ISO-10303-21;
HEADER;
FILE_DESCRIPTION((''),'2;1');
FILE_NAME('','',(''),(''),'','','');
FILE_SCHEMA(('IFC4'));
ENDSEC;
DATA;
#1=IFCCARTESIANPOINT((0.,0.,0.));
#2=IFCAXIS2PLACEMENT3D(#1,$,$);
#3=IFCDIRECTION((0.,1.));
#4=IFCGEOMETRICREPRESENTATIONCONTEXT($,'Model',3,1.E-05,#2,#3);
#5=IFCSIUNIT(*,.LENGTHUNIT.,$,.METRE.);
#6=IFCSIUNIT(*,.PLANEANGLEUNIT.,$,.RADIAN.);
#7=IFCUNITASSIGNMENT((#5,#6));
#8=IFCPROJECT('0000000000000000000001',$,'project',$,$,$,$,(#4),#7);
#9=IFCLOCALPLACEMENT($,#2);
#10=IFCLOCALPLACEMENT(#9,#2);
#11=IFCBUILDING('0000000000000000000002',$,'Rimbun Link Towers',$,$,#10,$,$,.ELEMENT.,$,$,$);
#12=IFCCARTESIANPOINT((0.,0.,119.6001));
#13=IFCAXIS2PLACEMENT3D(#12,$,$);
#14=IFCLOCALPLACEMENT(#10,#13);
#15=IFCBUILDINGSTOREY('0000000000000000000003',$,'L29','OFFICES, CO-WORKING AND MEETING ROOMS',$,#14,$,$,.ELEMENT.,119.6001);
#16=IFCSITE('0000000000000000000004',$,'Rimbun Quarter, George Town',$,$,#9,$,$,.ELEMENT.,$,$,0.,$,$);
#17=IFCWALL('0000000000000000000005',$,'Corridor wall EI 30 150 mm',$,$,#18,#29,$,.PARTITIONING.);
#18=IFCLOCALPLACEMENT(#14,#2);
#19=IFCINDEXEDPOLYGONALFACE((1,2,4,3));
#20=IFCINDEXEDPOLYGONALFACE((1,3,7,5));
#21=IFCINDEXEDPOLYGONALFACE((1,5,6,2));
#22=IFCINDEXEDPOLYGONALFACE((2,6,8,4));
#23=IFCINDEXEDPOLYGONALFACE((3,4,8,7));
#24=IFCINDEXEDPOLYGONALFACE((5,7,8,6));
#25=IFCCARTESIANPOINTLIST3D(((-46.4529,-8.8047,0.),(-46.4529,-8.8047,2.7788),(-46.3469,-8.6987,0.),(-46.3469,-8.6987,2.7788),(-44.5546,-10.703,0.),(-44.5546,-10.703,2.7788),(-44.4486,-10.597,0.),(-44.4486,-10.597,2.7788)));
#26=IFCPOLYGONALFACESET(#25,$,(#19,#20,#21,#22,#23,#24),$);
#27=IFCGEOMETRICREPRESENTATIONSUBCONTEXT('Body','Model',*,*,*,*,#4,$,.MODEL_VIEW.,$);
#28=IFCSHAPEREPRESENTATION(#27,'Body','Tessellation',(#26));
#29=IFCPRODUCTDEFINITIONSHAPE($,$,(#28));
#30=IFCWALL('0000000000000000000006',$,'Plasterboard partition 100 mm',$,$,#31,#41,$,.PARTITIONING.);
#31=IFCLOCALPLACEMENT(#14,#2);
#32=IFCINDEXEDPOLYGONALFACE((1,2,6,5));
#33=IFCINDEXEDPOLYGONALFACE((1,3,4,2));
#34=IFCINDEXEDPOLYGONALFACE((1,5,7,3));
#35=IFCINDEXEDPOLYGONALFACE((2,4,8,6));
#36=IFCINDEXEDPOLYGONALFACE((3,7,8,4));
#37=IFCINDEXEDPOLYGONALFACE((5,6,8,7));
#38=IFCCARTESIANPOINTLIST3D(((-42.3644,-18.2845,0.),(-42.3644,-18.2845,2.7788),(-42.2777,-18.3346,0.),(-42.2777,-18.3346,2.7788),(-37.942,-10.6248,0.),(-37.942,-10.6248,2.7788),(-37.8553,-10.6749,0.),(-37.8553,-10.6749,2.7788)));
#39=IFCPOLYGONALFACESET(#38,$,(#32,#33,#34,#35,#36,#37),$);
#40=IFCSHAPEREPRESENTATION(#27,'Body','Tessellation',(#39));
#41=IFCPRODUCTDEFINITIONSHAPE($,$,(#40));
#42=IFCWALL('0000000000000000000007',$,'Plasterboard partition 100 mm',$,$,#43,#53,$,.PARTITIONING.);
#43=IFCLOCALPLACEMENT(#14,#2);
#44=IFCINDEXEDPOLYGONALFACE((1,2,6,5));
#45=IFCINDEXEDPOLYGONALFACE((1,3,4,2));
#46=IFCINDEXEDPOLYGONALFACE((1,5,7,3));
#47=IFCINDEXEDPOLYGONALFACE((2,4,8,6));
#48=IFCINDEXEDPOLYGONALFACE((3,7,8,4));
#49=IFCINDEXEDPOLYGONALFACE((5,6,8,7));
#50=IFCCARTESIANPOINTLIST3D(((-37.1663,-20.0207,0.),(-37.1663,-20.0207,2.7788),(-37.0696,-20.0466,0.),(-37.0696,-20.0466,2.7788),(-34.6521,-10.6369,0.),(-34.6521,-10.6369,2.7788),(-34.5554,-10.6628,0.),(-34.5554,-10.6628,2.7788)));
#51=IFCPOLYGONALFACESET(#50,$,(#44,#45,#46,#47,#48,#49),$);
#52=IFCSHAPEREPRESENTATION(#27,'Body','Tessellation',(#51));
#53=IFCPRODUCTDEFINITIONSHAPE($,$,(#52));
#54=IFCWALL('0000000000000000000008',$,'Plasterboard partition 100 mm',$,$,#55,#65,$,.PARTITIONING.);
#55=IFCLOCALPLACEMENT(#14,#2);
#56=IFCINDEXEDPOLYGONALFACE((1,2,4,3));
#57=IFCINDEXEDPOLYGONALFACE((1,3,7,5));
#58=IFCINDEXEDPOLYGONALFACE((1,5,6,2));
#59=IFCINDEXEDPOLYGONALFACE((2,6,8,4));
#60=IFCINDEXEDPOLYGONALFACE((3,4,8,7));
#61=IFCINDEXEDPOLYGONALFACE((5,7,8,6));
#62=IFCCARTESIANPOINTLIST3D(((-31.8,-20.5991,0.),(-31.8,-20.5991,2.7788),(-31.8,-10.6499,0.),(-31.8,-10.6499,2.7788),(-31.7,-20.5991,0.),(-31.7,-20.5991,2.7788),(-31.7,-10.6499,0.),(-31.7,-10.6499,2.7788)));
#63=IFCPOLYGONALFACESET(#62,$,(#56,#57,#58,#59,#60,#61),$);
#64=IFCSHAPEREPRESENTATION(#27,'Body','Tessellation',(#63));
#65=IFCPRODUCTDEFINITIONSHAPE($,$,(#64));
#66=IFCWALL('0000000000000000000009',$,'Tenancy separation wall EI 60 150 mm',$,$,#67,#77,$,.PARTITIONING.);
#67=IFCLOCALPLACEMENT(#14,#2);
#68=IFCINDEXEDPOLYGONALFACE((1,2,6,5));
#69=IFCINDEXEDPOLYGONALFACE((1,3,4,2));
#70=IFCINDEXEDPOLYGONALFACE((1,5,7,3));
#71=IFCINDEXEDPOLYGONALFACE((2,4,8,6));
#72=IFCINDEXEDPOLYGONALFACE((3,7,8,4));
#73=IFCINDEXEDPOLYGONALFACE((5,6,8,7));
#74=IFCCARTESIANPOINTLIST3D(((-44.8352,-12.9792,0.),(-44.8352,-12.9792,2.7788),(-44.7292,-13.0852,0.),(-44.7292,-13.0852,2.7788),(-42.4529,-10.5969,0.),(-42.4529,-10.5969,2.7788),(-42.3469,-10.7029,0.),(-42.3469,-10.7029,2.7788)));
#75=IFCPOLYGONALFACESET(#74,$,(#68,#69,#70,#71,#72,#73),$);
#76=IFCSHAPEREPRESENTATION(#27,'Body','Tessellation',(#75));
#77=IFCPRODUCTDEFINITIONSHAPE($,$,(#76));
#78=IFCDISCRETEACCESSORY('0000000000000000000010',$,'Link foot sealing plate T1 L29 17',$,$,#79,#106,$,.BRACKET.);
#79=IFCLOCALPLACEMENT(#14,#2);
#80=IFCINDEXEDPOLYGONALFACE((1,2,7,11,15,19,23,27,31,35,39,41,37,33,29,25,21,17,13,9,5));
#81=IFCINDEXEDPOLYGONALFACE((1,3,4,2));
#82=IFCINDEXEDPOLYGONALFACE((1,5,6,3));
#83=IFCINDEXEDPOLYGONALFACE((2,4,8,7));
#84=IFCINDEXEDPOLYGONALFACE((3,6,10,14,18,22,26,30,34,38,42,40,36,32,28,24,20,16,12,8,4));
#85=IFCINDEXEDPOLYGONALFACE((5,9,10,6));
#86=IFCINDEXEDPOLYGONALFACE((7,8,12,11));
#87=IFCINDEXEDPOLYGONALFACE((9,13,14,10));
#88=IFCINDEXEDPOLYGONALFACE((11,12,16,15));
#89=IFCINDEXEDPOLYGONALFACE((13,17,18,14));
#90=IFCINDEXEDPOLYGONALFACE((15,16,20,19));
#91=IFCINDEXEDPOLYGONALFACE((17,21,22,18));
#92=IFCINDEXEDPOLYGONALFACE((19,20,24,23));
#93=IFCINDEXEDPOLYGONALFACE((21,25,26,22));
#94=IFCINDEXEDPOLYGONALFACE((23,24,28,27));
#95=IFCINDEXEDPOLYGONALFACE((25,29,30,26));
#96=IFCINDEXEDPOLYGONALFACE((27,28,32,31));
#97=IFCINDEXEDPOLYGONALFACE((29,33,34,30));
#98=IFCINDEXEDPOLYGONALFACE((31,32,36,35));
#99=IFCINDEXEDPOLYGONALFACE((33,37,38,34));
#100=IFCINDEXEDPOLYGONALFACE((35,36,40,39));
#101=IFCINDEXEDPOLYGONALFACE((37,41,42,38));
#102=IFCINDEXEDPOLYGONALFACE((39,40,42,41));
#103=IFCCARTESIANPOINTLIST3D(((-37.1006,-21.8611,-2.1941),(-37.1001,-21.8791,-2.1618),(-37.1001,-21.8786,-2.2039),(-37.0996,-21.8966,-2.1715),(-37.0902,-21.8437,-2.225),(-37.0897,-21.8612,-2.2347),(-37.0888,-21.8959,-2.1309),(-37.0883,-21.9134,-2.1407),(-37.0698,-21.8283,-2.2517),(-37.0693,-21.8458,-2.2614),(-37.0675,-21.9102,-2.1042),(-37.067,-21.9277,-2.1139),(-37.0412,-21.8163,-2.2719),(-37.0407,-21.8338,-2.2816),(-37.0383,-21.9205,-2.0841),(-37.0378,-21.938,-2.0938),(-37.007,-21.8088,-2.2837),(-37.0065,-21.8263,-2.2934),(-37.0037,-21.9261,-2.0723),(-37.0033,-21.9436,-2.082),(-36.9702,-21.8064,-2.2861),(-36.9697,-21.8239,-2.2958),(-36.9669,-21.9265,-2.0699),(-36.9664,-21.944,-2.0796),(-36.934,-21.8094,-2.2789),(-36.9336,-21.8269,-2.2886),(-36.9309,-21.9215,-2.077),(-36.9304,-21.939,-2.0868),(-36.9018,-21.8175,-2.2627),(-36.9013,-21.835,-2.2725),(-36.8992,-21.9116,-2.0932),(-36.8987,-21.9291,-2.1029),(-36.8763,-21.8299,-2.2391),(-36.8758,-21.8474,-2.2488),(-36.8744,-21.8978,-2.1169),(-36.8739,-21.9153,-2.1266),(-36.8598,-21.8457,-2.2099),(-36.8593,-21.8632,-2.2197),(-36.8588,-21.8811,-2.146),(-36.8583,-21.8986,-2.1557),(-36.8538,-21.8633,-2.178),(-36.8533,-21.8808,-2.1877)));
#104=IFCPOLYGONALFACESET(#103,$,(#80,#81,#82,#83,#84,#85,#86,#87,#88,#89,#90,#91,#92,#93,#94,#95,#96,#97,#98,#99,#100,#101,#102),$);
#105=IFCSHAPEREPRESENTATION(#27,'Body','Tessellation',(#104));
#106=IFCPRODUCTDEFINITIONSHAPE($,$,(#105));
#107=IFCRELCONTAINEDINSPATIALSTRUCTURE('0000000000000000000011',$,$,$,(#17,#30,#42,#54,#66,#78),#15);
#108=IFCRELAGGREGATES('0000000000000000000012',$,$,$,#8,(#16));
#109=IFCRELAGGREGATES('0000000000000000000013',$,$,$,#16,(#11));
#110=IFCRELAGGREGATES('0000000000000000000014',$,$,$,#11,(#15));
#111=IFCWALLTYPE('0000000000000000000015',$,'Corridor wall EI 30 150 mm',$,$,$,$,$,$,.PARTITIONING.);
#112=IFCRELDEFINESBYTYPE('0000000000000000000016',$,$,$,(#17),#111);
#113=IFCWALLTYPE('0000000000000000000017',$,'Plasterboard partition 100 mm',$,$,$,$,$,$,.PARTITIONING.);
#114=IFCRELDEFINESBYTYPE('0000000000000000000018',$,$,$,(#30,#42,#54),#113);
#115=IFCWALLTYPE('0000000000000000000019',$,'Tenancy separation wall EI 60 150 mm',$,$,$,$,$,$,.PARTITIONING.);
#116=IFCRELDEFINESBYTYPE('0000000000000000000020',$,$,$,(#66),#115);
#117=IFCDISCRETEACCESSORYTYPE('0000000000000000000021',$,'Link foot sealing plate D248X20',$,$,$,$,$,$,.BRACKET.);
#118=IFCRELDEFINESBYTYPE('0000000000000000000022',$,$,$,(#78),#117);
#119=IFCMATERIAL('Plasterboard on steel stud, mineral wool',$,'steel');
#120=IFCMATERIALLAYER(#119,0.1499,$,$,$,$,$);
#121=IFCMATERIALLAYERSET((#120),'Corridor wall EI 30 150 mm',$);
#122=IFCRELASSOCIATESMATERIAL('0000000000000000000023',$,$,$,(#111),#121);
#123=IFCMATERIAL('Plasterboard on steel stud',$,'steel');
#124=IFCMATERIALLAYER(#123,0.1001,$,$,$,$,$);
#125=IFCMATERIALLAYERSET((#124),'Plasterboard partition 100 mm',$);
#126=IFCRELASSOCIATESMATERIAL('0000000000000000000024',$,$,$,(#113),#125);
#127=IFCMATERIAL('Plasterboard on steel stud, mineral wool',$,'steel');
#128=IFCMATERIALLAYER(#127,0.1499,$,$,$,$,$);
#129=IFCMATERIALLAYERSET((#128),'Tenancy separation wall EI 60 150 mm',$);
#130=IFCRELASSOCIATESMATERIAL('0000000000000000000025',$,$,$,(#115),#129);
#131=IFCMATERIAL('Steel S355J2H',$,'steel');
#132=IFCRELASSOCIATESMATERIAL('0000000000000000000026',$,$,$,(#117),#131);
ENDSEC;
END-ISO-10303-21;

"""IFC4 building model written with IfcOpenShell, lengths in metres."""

from ifc_helpers import new_model, si_unit, direction, frame, frame_2d, origin, origin_2d, place, context, subcontext, project, spatial, rectangle, circle, extrude, material, layer, layer_set, material_profile, profile_set, type_object, element, save


model = new_model("IFC4")

# Units and contexts
model_context = context("Model", 3, precision=1e-05, world=origin(), true_north=direction((0.0, 1.0)))
body_context = subcontext(model_context, "Body", "Model", "MODEL_VIEW")
ifc_project = project(units=[si_unit("LENGTHUNIT", "METRE"), si_unit("PLANEANGLEUNIT", "RADIAN")], contexts=[model_context])

# Site, building, storey
site_placement = place(None, origin())
site = spatial("IfcSite", under=ifc_project, at=site_placement, Name="Rimbun Quarter, George Town", CompositionType="ELEMENT", RefElevation=0.0)
building_placement = place(site_placement, origin())
building = spatial("IfcBuilding", under=site, at=building_placement, Name="Rimbun Link Towers", CompositionType="ELEMENT")
storey_placement = place(building_placement, frame((0.0, 0.0, 119.6001)))
storey = spatial("IfcBuildingStorey", under=building, at=storey_placement, Name="L29", Description="OFFICES, CO-WORKING AND MEETING ROOMS", CompositionType="ELEMENT", Elevation=119.6001)

# Walls
ifc_material_1 = material(Name="Plasterboard on steel stud, mineral wool", Category="steel")
ifc_layer_1 = layer(ifc_material_1, 0.1499)
ifc_layer_set_1 = layer_set([ifc_layer_1], Name="Corridor wall EI 30 150 mm")
wall_type_1 = type_object("IfcWallType", Name="Corridor wall EI 30 150 mm", PredefinedType="PARTITIONING", material=ifc_layer_set_1)
wall_1_placement = place(storey_placement, frame((-46.3999, -8.7517, 0.0), z_axis=(0.0, 0.0, 1.0), x_axis=(0.707107, -0.707107, 0.0)))
element("IfcWall", 1, at=wall_1_placement, inside=storey, type_object=wall_type_1, Name="Corridor wall EI 30 150 mm", PredefinedType="PARTITIONING", context=body_context, shape_type="SweptSolid", body=[
    extrude(rectangle(XDim=2.6846, YDim=0.1499, at=frame_2d((1.3423, 0.0))), origin(), (0.0, 0.0, 1.0), 2.7788),
])
ifc_material_2 = material(Name="Plasterboard on steel stud", Category="steel")
ifc_layer_2 = layer(ifc_material_2, 0.1001)
ifc_layer_set_2 = layer_set([ifc_layer_2], Name="Plasterboard partition 100 mm")
wall_type_2 = type_object("IfcWallType", Name="Plasterboard partition 100 mm", PredefinedType="PARTITIONING", material=ifc_layer_set_2)
wall_2_placement = place(storey_placement, frame((-42.321, -18.3096, 0.0), z_axis=(0.0, 0.0, 1.0), x_axis=(0.500004, 0.866023, 0.0)))
element("IfcWall", 2, at=wall_2_placement, inside=storey, type_object=wall_type_2, Name="Plasterboard partition 100 mm", PredefinedType="PARTITIONING", context=body_context, shape_type="SweptSolid", body=[
    extrude(rectangle(XDim=8.8447, YDim=0.1001, at=frame_2d((4.4224, 0.0))), origin(), (0.0, 0.0, 1.0), 2.7788),
])
wall_3_placement = place(storey_placement, frame((-37.1179, -20.0337, 0.0), z_axis=(0.0, 0.0, 1.0), x_axis=(0.258798, 0.965931, 0.0)))
element("IfcWall", 3, at=wall_3_placement, inside=storey, type_object=wall_type_2, Name="Plasterboard partition 100 mm", PredefinedType="PARTITIONING", context=body_context, shape_type="SweptSolid", body=[
    extrude(rectangle(XDim=9.7148, YDim=0.1001, at=frame_2d((4.8574, 0.0))), origin(), (0.0, 0.0, 1.0), 2.7788),
])
wall_4_placement = place(storey_placement, frame((-31.75, -20.5991, 0.0), z_axis=(0.0, 0.0, 1.0), x_axis=(0.0, 1.0, 0.0)))
element("IfcWall", 4, at=wall_4_placement, inside=storey, type_object=wall_type_2, Name="Plasterboard partition 100 mm", PredefinedType="PARTITIONING", context=body_context, shape_type="SweptSolid", body=[
    extrude(rectangle(XDim=9.9492, YDim=0.1001, at=frame_2d((4.9746, 0.0))), origin(), (0.0, 0.0, 1.0), 2.7788),
])
ifc_material_3 = material(Name="Plasterboard on steel stud, mineral wool", Category="steel")
ifc_layer_3 = layer(ifc_material_3, 0.1499)
ifc_layer_set_3 = layer_set([ifc_layer_3], Name="Tenancy separation wall EI 60 150 mm")
wall_type_3 = type_object("IfcWallType", Name="Tenancy separation wall EI 60 150 mm", PredefinedType="PARTITIONING", material=ifc_layer_set_3)
wall_5_placement = place(storey_placement, frame((-42.3999, -10.6499, 0.0), z_axis=(0.0, 0.0, 1.0), x_axis=(-0.707107, -0.707107, 0.0)))
element("IfcWall", 5, at=wall_5_placement, inside=storey, type_object=wall_type_3, Name="Tenancy separation wall EI 60 150 mm", PredefinedType="PARTITIONING", context=body_context, shape_type="SweptSolid", body=[
    extrude(rectangle(XDim=3.3691, YDim=0.1499, at=frame_2d((1.6846, 0.0))), origin(), (0.0, 0.0, 1.0), 2.7788),
])

# Discrete accessory
ifc_material_4 = material(Name="Steel S355J2H", Category="steel")
ifc_material_profile_1 = material_profile(ifc_material_4, circle(Radius=0.124, at=origin_2d()), Name="PL D248")
ifc_profile_set_1 = profile_set([ifc_material_profile_1], Name="Steel S355J2H")
discrete_accessory_type = type_object("IfcDiscreteAccessoryType", Name="Link foot sealing plate D248X20", PredefinedType="BRACKET", material=ifc_profile_set_1)
discrete_accessory_placement = place(storey_placement, frame((-36.9778, -21.8667, -2.178), z_axis=(0.024275, -0.8739, -0.4855), x_axis=(0.999614, 0.027767, 0.0)))
element("IfcDiscreteAccessory", 6, at=discrete_accessory_placement, inside=storey, type_object=discrete_accessory_type, Name="Link foot sealing plate T1 L29 17", PredefinedType="BRACKET", context=body_context, shape_type="SweptSolid", body=[
    extrude(circle(Radius=0.124, at=origin_2d()), origin(), (0.0, 0.0, 1.0), 0.02),
])

save(model, "model.ifc")
